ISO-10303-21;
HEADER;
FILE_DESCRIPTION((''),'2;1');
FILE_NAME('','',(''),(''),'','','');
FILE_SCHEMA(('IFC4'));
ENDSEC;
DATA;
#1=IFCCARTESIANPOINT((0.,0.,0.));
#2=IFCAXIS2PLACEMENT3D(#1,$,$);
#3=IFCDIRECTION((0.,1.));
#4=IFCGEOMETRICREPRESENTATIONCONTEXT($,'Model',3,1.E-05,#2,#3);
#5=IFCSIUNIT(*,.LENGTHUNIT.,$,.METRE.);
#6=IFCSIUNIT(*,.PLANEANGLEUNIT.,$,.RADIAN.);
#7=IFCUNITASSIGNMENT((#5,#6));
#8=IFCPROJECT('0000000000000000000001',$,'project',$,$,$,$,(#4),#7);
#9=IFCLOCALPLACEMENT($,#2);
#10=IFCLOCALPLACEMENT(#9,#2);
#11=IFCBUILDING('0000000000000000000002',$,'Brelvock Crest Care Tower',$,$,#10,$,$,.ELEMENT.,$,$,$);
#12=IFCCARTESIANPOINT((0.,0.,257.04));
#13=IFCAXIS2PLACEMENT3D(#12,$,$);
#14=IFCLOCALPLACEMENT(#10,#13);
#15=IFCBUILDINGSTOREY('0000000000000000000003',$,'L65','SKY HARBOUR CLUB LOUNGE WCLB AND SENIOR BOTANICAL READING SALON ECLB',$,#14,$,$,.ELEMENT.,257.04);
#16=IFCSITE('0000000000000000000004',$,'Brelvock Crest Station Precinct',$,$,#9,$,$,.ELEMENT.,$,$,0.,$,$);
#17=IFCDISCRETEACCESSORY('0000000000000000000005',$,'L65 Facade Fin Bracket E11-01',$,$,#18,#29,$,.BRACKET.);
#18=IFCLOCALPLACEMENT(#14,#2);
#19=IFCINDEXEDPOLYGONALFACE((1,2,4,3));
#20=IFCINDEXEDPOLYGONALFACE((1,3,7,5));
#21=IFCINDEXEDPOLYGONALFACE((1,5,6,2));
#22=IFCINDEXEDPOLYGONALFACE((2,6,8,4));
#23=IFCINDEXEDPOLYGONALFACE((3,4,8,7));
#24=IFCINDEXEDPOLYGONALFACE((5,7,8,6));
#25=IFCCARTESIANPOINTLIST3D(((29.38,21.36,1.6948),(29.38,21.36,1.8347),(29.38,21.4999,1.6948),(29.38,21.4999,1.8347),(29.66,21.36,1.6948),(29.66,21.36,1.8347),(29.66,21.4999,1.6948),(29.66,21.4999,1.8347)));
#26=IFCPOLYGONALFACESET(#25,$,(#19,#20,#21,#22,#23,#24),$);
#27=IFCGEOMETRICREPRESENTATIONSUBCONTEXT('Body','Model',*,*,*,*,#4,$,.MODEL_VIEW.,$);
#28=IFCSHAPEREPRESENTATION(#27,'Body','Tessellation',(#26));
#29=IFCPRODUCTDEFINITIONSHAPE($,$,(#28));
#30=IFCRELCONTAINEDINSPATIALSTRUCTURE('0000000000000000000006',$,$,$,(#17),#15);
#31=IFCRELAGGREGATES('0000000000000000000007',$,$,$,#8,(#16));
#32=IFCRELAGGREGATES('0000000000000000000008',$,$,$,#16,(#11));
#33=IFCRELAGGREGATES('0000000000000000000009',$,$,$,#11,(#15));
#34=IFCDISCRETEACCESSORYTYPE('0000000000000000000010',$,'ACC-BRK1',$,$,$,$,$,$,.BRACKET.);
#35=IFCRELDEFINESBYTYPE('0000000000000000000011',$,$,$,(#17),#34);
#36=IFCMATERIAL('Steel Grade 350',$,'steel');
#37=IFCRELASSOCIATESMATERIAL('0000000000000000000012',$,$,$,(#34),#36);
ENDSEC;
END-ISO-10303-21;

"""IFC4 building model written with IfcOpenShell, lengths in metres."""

from ifc_helpers import new_model, si_unit, direction, frame, origin, origin_2d, place, context, subcontext, project, spatial, rectangle, extrude, source, transform, mapped, material, type_object, element, save


model = new_model("IFC4")

# Units and contexts
model_context = context("Model", 3, precision=1e-05, world=origin(), true_north=direction((0.0, 1.0)))
body_context = subcontext(model_context, "Body", "Model", "MODEL_VIEW")
ifc_project = project(units=[si_unit("LENGTHUNIT", "METRE"), si_unit("PLANEANGLEUNIT", "RADIAN")], contexts=[model_context])

# Site, building, storey
site_placement = place(None, origin())
site = spatial("IfcSite", under=ifc_project, at=site_placement, Name="Brelvock Crest Station Precinct", CompositionType="ELEMENT", RefElevation=0.0)
building_placement = place(site_placement, origin())
building = spatial("IfcBuilding", under=site, at=building_placement, Name="Brelvock Crest Care Tower", CompositionType="ELEMENT")
storey_placement = place(building_placement, frame((0.0, 0.0, 257.04)))
storey = spatial("IfcBuildingStorey", under=building, at=storey_placement, Name="L65", Description="SKY HARBOUR CLUB LOUNGE WCLB AND SENIOR BOTANICAL READING SALON ECLB", CompositionType="ELEMENT", Elevation=257.04)

# Shared definitions
ifc_material_1 = material(Name="Steel Grade 350", Category="steel")

# Discrete accessory
discrete_accessory_type = type_object("IfcDiscreteAccessoryType", Name="ACC-BRK1", PredefinedType="BRACKET", material=ifc_material_1)
shared_shape_1 = source(origin(), body_context, "Body", "SweptSolid", [
    extrude(rectangle(XDim=0.28, YDim=0.1399, at=origin_2d()), origin(), (0.0, 0.0, 1.0), 0.1399),
])
discrete_accessory_placement = place(storey_placement, frame((29.52, 21.4299, 1.6948), z_axis=(0.0, 0.0, 1.0), x_axis=(-1.0, 0.0, 0.0)))
element("IfcDiscreteAccessory", 1, at=discrete_accessory_placement, inside=storey, type_object=discrete_accessory_type, Name="L65 Facade Fin Bracket E11-01", PredefinedType="BRACKET", context=body_context, shape_type="MappedRepresentation", body=[
    mapped(shared_shape_1, transform((0.0, 0.0, 0.0), x_axis=(1.0, 0.0, 0.0), y_axis=(0.0, 1.0, 0.0), z_axis=(0.0, 0.0, 1.0), scale=1.0)),
])

save(model, "model.ifc")
